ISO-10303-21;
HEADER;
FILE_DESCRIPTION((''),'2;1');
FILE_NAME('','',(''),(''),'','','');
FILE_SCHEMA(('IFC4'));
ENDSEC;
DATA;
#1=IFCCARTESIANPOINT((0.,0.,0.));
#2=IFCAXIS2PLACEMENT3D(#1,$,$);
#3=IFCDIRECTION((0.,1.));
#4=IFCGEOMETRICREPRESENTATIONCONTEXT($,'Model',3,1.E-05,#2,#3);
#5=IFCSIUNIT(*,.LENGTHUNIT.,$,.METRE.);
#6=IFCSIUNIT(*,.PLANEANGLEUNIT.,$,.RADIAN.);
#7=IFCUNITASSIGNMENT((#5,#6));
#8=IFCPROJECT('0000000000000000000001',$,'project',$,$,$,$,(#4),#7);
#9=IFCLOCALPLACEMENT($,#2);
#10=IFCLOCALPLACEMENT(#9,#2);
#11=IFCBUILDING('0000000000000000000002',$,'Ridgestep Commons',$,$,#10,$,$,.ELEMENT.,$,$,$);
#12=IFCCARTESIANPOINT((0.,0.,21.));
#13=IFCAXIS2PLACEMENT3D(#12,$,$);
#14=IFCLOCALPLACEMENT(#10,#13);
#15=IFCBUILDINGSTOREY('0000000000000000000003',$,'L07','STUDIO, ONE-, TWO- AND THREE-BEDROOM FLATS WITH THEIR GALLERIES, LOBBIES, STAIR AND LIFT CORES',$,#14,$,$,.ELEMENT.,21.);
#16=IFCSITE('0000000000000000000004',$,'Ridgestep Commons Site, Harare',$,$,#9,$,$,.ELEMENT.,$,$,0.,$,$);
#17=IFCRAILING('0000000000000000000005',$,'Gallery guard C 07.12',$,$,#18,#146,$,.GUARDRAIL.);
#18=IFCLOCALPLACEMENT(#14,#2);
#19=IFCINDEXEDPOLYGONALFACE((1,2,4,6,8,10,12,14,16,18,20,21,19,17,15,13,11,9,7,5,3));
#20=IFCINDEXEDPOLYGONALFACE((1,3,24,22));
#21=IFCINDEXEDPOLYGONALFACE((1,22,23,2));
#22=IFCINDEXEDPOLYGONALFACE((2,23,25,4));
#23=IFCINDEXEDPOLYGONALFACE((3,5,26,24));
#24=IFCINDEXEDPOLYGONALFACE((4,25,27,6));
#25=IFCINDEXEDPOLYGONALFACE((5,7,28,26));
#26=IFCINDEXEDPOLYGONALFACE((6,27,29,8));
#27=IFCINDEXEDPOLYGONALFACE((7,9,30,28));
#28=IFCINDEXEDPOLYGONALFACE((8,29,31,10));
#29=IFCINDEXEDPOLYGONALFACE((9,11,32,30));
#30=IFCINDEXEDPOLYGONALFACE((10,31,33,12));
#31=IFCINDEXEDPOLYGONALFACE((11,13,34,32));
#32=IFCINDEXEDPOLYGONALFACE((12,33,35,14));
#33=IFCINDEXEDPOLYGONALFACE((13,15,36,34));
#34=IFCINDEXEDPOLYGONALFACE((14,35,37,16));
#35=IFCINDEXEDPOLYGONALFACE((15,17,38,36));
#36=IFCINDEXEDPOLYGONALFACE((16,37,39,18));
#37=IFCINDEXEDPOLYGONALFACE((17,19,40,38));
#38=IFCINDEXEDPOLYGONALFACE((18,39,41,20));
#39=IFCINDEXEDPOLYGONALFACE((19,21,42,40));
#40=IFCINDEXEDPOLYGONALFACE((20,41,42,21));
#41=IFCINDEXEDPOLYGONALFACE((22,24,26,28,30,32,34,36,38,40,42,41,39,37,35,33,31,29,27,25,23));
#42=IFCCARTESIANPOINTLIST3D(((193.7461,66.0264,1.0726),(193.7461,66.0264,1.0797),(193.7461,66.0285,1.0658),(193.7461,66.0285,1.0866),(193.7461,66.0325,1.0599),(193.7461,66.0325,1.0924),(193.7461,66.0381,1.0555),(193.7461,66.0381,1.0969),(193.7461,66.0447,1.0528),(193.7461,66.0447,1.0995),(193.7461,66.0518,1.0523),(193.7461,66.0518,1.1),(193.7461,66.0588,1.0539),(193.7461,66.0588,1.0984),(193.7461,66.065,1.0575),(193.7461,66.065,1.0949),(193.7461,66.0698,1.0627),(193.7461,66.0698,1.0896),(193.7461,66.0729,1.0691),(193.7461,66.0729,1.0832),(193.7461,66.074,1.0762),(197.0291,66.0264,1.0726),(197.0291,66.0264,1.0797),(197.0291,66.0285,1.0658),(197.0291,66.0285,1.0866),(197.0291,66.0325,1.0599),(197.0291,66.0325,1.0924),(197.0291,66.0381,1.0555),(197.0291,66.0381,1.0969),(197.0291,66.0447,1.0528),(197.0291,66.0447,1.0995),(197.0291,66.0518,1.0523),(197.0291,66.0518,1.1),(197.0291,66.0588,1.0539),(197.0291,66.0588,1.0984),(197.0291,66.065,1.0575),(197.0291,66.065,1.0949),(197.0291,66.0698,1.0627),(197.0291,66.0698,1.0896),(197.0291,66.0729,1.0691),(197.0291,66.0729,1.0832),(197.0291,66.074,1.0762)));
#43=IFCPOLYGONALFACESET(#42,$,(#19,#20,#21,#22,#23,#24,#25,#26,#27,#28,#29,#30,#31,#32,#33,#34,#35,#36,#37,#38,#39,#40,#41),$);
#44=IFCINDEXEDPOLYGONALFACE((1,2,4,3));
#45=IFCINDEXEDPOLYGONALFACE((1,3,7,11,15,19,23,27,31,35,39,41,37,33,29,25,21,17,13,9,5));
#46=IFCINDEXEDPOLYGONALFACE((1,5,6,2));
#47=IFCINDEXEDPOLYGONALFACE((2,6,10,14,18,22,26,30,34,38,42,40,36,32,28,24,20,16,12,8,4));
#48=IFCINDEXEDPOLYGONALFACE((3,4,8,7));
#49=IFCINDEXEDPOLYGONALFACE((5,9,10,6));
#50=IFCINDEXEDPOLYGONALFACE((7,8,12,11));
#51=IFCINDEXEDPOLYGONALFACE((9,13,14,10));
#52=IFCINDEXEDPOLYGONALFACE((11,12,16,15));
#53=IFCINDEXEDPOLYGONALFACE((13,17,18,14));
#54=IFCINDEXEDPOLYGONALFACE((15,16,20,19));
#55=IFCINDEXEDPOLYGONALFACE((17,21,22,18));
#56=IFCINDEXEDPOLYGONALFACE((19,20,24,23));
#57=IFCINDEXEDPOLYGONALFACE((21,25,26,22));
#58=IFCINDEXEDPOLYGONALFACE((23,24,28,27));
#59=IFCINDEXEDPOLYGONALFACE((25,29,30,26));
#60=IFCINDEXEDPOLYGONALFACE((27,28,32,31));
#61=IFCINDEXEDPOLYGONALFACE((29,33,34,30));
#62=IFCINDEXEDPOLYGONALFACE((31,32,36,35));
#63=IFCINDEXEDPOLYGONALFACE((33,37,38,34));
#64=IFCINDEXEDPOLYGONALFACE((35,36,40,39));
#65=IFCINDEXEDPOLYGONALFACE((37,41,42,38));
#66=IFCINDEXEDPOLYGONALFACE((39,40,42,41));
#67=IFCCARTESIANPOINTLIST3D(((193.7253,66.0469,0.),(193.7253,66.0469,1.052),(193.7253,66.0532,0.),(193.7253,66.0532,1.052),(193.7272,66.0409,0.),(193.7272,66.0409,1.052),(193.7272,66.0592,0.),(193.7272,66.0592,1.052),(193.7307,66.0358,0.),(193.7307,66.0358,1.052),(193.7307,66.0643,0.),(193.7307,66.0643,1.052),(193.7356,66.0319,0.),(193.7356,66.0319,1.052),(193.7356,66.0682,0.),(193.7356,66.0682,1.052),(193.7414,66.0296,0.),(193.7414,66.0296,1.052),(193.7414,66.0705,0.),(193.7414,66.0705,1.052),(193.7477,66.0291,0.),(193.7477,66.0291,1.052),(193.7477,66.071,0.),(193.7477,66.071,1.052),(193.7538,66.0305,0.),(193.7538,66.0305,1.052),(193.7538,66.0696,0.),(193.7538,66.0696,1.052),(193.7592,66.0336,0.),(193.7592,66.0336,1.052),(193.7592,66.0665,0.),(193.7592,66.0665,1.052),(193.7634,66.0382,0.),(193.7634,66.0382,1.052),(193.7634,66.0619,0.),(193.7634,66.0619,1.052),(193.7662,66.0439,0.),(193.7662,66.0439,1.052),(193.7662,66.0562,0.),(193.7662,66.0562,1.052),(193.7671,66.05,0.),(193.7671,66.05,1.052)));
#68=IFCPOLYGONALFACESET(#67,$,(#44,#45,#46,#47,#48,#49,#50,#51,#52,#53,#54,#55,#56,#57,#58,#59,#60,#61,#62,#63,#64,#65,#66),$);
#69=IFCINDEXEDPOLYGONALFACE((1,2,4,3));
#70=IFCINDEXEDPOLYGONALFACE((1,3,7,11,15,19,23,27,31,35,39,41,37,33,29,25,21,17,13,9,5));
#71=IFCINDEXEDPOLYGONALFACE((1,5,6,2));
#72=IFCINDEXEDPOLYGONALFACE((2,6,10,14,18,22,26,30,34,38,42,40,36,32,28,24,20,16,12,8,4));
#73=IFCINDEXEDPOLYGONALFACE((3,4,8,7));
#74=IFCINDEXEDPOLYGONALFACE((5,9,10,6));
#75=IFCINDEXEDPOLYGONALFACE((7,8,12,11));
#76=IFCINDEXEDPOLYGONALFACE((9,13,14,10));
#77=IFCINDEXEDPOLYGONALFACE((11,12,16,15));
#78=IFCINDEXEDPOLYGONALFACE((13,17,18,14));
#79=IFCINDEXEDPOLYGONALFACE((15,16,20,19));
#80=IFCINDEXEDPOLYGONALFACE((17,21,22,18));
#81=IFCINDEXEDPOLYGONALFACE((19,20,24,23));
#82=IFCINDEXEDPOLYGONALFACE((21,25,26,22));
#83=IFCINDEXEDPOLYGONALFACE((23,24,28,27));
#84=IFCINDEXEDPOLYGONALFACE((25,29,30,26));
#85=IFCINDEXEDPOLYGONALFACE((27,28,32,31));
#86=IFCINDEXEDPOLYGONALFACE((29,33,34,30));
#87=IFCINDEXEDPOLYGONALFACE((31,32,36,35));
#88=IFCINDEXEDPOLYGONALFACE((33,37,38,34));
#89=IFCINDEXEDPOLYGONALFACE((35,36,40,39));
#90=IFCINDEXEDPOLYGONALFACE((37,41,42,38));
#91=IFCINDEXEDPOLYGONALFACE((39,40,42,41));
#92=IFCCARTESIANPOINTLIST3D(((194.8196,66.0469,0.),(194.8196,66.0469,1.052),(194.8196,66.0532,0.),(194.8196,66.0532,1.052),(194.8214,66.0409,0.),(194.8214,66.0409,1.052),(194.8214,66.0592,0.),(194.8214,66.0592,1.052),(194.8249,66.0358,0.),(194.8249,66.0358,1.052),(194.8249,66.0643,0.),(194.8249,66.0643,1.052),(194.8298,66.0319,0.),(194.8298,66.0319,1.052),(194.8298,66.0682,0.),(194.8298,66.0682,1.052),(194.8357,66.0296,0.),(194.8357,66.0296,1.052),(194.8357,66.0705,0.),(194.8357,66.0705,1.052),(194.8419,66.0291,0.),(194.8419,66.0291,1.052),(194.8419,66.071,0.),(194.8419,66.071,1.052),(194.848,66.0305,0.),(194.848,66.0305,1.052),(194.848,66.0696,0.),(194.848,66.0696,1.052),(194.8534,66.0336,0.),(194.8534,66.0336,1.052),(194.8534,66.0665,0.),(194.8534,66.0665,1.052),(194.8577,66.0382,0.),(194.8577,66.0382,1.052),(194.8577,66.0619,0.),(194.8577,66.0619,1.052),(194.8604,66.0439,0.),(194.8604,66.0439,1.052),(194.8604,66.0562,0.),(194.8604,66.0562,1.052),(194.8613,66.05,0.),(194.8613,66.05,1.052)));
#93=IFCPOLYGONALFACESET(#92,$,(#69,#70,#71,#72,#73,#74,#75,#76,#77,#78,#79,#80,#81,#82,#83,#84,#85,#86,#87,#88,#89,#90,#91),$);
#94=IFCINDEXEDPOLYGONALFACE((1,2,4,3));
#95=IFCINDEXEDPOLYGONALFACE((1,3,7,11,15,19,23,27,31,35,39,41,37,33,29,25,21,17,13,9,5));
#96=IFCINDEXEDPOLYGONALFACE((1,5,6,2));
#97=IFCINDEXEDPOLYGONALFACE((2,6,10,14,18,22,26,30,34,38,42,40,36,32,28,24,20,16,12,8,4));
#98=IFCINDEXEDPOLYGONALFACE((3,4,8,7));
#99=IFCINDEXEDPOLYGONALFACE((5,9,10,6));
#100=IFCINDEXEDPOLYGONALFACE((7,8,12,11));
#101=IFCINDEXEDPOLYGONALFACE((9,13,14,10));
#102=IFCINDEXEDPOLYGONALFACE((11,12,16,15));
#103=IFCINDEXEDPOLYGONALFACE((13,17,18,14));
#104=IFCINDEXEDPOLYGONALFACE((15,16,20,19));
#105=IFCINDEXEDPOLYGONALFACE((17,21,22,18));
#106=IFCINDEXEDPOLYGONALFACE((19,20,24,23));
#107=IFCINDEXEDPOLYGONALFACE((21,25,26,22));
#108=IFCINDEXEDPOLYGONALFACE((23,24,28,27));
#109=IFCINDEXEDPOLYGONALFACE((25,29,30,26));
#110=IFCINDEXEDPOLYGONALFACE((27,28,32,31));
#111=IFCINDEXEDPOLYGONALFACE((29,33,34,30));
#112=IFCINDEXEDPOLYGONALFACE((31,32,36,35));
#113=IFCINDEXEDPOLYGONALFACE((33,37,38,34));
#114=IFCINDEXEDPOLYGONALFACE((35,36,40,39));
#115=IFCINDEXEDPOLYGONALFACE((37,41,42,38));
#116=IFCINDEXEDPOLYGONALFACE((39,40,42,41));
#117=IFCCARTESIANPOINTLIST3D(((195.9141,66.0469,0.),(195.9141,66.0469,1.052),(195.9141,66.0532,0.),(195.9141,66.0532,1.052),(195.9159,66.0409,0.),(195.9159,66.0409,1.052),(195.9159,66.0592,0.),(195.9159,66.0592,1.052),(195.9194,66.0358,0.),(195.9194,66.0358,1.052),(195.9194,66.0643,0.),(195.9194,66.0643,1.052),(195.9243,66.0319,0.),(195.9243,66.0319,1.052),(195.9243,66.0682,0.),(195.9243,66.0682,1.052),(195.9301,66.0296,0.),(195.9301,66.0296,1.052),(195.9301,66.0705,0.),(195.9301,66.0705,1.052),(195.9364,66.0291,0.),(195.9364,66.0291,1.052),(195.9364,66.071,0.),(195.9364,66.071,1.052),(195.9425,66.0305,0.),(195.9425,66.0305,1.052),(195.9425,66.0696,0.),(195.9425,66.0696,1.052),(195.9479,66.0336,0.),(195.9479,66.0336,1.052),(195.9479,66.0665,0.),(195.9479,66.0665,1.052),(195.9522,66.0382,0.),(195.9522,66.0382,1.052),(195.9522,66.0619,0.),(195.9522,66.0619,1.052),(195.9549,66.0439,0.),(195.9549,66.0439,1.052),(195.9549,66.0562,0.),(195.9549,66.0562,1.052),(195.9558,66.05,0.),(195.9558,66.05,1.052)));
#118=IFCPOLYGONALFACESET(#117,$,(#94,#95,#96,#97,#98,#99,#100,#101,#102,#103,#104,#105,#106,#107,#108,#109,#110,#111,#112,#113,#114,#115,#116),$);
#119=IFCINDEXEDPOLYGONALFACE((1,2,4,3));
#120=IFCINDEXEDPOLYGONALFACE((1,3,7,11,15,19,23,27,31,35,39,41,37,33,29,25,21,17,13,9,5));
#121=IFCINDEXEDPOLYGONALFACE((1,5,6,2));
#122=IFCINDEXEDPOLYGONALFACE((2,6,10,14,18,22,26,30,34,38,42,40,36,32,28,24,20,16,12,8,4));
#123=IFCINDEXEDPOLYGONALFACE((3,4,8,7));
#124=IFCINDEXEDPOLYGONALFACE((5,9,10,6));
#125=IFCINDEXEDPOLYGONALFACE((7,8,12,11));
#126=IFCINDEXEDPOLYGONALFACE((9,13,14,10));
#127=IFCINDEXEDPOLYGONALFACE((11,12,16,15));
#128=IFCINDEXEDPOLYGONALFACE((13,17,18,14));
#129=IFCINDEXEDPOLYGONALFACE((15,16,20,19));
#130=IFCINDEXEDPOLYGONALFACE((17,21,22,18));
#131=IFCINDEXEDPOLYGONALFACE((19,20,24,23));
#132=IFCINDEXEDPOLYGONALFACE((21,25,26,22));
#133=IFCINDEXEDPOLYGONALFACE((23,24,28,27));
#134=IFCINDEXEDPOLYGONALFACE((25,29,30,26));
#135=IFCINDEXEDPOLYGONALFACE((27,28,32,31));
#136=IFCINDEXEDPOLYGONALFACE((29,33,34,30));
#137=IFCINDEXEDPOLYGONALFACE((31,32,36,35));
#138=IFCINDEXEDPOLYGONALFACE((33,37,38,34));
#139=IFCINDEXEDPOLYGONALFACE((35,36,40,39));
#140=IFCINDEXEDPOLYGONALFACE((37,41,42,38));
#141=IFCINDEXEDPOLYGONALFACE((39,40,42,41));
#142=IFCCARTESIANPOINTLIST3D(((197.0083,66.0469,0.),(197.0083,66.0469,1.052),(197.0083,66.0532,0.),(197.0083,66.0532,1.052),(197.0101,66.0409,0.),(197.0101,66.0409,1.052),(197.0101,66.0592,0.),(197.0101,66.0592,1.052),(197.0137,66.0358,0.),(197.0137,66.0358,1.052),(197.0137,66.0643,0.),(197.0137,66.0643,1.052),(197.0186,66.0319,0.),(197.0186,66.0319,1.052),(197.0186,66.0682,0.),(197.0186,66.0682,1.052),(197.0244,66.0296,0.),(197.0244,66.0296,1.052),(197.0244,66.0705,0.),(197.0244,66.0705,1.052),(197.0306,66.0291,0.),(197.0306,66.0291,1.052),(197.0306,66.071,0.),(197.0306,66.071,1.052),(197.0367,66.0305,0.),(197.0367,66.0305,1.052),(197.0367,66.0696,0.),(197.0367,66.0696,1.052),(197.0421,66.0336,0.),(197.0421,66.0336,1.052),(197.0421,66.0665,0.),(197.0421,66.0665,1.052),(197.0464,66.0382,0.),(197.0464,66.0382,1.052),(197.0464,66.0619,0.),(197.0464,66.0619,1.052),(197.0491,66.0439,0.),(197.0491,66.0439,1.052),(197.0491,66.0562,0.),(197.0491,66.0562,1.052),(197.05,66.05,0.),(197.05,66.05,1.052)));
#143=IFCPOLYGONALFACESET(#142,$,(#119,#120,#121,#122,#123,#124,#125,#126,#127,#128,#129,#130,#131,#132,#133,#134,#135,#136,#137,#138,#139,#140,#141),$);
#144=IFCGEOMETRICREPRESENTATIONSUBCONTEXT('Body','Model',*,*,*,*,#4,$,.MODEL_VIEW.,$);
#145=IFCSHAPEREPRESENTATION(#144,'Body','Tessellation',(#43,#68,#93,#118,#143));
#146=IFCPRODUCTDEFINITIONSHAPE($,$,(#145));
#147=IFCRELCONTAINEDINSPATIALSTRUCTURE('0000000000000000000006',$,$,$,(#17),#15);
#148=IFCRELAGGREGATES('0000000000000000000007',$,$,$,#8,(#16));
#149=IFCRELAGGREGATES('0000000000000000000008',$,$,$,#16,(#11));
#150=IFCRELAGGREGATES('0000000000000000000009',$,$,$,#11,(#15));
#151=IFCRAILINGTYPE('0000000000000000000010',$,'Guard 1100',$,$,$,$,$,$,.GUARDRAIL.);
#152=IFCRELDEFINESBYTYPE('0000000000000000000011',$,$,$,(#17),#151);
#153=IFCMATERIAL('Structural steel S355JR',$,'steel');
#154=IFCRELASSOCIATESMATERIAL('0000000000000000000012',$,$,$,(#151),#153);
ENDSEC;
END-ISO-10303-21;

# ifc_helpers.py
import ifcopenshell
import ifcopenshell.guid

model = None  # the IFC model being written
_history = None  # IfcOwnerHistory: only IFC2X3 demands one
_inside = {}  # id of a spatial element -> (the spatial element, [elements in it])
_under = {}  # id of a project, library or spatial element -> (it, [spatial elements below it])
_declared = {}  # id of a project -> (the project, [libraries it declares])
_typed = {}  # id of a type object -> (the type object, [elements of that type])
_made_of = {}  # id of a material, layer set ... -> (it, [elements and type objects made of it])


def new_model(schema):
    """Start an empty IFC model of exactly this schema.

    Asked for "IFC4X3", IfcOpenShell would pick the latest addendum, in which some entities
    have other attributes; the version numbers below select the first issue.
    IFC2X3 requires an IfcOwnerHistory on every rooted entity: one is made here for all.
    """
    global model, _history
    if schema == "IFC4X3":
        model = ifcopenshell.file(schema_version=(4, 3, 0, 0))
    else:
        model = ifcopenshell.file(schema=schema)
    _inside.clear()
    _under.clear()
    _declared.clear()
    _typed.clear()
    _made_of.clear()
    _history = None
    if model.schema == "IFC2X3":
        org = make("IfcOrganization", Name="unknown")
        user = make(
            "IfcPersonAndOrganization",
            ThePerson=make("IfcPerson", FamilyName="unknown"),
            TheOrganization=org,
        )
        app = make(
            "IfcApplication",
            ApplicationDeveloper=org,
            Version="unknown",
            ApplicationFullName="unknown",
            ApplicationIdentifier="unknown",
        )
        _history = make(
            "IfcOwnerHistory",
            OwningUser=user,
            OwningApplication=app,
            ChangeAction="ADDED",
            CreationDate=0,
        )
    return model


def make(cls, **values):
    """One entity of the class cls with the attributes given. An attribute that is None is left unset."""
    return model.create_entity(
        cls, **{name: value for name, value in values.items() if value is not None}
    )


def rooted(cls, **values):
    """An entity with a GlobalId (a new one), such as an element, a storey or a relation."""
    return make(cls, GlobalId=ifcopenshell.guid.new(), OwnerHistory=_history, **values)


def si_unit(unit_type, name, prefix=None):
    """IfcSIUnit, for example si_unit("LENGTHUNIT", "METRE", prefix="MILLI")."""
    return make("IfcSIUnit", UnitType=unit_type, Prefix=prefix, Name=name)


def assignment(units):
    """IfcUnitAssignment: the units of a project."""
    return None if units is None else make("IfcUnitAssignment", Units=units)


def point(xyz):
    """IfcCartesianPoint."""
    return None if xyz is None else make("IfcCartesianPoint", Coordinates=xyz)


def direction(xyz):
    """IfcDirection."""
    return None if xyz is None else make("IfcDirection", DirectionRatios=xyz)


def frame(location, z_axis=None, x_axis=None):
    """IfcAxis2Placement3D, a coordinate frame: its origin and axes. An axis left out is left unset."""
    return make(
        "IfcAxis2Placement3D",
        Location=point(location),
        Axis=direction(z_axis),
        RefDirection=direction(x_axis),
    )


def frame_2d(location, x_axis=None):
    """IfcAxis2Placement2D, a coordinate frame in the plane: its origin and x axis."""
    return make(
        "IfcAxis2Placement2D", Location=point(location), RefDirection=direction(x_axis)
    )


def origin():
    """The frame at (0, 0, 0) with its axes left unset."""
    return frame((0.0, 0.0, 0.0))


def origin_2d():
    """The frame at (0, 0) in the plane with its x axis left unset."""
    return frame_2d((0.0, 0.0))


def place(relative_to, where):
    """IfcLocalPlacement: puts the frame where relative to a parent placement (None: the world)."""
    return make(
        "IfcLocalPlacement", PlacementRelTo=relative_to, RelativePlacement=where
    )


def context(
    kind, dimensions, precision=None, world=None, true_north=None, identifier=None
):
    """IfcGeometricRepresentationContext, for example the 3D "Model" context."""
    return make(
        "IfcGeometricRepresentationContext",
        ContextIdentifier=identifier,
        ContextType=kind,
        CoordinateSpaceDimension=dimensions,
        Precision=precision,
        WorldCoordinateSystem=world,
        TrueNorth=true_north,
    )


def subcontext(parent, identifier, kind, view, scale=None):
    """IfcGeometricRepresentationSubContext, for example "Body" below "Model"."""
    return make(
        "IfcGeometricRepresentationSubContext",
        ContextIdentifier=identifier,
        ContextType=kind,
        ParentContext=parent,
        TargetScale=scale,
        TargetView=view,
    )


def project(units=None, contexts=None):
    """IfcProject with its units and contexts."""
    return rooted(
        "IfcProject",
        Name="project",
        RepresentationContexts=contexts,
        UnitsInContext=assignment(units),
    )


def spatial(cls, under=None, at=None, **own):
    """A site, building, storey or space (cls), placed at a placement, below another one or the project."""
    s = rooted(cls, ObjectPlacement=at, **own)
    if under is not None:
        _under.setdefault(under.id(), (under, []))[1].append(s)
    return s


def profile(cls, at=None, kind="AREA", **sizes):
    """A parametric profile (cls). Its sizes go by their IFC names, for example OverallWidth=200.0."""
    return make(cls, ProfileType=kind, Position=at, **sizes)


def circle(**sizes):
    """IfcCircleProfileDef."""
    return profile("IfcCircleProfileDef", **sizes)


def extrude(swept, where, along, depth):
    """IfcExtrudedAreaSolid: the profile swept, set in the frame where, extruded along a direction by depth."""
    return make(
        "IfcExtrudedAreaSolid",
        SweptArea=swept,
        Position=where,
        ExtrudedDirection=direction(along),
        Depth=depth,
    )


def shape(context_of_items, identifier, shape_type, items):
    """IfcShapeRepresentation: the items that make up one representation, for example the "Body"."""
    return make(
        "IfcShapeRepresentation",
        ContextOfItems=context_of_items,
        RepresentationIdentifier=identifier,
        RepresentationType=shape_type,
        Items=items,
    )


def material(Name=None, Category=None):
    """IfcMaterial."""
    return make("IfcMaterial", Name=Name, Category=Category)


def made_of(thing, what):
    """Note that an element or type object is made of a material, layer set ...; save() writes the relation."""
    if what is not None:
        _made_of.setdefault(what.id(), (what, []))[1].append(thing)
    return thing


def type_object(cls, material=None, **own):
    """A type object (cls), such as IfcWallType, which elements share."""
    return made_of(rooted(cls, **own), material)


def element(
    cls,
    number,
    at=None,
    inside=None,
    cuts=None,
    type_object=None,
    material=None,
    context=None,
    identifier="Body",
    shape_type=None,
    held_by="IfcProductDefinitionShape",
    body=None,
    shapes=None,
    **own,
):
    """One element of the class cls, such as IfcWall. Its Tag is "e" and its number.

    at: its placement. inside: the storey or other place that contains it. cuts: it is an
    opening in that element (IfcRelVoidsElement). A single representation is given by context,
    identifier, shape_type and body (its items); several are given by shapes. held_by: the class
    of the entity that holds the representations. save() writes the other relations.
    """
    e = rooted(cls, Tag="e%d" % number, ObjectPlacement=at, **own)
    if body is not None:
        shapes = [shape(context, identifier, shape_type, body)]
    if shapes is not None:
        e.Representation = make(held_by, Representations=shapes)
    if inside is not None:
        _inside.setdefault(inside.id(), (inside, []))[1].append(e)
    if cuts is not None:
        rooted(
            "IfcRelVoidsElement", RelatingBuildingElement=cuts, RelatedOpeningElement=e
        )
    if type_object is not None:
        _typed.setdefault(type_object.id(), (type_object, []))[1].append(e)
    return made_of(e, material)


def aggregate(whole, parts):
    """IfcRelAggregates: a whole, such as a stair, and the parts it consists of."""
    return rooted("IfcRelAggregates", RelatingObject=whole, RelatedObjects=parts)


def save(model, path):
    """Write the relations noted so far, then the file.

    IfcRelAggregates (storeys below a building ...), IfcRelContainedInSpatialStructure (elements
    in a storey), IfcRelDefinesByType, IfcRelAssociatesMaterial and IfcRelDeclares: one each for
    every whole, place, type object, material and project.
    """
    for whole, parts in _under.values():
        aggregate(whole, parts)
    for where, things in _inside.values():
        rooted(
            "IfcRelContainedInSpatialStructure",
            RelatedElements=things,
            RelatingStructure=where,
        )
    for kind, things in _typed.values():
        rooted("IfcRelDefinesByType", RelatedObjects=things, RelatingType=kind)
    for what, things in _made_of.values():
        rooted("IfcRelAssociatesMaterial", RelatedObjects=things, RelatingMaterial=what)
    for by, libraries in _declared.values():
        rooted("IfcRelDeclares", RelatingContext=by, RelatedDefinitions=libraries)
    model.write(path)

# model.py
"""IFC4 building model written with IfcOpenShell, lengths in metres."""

from ifc_helpers import new_model, si_unit, direction, frame, origin, origin_2d, place, context, subcontext, project, spatial, circle, extrude, material, type_object, element, save


model = new_model("IFC4")

# Units and contexts
model_context = context("Model", 3, precision=1e-05, world=origin(), true_north=direction((0.0, 1.0)))
body_context = subcontext(model_context, "Body", "Model", "MODEL_VIEW")
ifc_project = project(units=[si_unit("LENGTHUNIT", "METRE"), si_unit("PLANEANGLEUNIT", "RADIAN")], contexts=[model_context])

# Site, building, storey
site_placement = place(None, origin())
site = spatial("IfcSite", under=ifc_project, at=site_placement, Name="Ridgestep Commons Site, Harare", CompositionType="ELEMENT", RefElevation=0.0)
building_placement = place(site_placement, origin())
building = spatial("IfcBuilding", under=site, at=building_placement, Name="Ridgestep Commons", CompositionType="ELEMENT")
storey_placement = place(building_placement, frame((0.0, 0.0, 21.0)))
storey = spatial("IfcBuildingStorey", under=building, at=storey_placement, Name="L07", Description="STUDIO, ONE-, TWO- AND THREE-BEDROOM FLATS WITH THEIR GALLERIES, LOBBIES, STAIR AND LIFT CORES", CompositionType="ELEMENT", Elevation=21.0)

# Railing
ifc_material_1 = material(Name="Structural steel S355JR", Category="steel")
railing_type = type_object("IfcRailingType", Name="Guard 1100", PredefinedType="GUARDRAIL", material=ifc_material_1)
railing_1_placement = place(storey_placement, frame((193.7461, 66.05, 0.0)))
element("IfcRailing", 1, at=railing_1_placement, inside=storey, type_object=railing_type, Name="Gallery guard C 07.12", PredefinedType="GUARDRAIL", context=body_context, shape_type="SweptSolid", body=[
    extrude(circle(Radius=0.0239, at=origin_2d()), frame((0.0, 0.0, 1.0762), z_axis=(1.0, 0.0, 0.0), x_axis=(0.0, 1.0, 0.0)), (0.0, 0.0, 1.0), 3.283),
    extrude(circle(Radius=0.021, at=origin_2d()), origin(), (0.0, 0.0, 1.0), 1.052),
    extrude(circle(Radius=0.021, at=origin_2d()), frame((1.0942, 0.0, 0.0)), (0.0, 0.0, 1.0), 1.052),
    extrude(circle(Radius=0.021, at=origin_2d()), frame((2.1887, 0.0, 0.0)), (0.0, 0.0, 1.0), 1.052),
    extrude(circle(Radius=0.021, at=origin_2d()), frame((3.283, 0.0, 0.0)), (0.0, 0.0, 1.0), 1.052),
])

save(model, "model.ifc")
